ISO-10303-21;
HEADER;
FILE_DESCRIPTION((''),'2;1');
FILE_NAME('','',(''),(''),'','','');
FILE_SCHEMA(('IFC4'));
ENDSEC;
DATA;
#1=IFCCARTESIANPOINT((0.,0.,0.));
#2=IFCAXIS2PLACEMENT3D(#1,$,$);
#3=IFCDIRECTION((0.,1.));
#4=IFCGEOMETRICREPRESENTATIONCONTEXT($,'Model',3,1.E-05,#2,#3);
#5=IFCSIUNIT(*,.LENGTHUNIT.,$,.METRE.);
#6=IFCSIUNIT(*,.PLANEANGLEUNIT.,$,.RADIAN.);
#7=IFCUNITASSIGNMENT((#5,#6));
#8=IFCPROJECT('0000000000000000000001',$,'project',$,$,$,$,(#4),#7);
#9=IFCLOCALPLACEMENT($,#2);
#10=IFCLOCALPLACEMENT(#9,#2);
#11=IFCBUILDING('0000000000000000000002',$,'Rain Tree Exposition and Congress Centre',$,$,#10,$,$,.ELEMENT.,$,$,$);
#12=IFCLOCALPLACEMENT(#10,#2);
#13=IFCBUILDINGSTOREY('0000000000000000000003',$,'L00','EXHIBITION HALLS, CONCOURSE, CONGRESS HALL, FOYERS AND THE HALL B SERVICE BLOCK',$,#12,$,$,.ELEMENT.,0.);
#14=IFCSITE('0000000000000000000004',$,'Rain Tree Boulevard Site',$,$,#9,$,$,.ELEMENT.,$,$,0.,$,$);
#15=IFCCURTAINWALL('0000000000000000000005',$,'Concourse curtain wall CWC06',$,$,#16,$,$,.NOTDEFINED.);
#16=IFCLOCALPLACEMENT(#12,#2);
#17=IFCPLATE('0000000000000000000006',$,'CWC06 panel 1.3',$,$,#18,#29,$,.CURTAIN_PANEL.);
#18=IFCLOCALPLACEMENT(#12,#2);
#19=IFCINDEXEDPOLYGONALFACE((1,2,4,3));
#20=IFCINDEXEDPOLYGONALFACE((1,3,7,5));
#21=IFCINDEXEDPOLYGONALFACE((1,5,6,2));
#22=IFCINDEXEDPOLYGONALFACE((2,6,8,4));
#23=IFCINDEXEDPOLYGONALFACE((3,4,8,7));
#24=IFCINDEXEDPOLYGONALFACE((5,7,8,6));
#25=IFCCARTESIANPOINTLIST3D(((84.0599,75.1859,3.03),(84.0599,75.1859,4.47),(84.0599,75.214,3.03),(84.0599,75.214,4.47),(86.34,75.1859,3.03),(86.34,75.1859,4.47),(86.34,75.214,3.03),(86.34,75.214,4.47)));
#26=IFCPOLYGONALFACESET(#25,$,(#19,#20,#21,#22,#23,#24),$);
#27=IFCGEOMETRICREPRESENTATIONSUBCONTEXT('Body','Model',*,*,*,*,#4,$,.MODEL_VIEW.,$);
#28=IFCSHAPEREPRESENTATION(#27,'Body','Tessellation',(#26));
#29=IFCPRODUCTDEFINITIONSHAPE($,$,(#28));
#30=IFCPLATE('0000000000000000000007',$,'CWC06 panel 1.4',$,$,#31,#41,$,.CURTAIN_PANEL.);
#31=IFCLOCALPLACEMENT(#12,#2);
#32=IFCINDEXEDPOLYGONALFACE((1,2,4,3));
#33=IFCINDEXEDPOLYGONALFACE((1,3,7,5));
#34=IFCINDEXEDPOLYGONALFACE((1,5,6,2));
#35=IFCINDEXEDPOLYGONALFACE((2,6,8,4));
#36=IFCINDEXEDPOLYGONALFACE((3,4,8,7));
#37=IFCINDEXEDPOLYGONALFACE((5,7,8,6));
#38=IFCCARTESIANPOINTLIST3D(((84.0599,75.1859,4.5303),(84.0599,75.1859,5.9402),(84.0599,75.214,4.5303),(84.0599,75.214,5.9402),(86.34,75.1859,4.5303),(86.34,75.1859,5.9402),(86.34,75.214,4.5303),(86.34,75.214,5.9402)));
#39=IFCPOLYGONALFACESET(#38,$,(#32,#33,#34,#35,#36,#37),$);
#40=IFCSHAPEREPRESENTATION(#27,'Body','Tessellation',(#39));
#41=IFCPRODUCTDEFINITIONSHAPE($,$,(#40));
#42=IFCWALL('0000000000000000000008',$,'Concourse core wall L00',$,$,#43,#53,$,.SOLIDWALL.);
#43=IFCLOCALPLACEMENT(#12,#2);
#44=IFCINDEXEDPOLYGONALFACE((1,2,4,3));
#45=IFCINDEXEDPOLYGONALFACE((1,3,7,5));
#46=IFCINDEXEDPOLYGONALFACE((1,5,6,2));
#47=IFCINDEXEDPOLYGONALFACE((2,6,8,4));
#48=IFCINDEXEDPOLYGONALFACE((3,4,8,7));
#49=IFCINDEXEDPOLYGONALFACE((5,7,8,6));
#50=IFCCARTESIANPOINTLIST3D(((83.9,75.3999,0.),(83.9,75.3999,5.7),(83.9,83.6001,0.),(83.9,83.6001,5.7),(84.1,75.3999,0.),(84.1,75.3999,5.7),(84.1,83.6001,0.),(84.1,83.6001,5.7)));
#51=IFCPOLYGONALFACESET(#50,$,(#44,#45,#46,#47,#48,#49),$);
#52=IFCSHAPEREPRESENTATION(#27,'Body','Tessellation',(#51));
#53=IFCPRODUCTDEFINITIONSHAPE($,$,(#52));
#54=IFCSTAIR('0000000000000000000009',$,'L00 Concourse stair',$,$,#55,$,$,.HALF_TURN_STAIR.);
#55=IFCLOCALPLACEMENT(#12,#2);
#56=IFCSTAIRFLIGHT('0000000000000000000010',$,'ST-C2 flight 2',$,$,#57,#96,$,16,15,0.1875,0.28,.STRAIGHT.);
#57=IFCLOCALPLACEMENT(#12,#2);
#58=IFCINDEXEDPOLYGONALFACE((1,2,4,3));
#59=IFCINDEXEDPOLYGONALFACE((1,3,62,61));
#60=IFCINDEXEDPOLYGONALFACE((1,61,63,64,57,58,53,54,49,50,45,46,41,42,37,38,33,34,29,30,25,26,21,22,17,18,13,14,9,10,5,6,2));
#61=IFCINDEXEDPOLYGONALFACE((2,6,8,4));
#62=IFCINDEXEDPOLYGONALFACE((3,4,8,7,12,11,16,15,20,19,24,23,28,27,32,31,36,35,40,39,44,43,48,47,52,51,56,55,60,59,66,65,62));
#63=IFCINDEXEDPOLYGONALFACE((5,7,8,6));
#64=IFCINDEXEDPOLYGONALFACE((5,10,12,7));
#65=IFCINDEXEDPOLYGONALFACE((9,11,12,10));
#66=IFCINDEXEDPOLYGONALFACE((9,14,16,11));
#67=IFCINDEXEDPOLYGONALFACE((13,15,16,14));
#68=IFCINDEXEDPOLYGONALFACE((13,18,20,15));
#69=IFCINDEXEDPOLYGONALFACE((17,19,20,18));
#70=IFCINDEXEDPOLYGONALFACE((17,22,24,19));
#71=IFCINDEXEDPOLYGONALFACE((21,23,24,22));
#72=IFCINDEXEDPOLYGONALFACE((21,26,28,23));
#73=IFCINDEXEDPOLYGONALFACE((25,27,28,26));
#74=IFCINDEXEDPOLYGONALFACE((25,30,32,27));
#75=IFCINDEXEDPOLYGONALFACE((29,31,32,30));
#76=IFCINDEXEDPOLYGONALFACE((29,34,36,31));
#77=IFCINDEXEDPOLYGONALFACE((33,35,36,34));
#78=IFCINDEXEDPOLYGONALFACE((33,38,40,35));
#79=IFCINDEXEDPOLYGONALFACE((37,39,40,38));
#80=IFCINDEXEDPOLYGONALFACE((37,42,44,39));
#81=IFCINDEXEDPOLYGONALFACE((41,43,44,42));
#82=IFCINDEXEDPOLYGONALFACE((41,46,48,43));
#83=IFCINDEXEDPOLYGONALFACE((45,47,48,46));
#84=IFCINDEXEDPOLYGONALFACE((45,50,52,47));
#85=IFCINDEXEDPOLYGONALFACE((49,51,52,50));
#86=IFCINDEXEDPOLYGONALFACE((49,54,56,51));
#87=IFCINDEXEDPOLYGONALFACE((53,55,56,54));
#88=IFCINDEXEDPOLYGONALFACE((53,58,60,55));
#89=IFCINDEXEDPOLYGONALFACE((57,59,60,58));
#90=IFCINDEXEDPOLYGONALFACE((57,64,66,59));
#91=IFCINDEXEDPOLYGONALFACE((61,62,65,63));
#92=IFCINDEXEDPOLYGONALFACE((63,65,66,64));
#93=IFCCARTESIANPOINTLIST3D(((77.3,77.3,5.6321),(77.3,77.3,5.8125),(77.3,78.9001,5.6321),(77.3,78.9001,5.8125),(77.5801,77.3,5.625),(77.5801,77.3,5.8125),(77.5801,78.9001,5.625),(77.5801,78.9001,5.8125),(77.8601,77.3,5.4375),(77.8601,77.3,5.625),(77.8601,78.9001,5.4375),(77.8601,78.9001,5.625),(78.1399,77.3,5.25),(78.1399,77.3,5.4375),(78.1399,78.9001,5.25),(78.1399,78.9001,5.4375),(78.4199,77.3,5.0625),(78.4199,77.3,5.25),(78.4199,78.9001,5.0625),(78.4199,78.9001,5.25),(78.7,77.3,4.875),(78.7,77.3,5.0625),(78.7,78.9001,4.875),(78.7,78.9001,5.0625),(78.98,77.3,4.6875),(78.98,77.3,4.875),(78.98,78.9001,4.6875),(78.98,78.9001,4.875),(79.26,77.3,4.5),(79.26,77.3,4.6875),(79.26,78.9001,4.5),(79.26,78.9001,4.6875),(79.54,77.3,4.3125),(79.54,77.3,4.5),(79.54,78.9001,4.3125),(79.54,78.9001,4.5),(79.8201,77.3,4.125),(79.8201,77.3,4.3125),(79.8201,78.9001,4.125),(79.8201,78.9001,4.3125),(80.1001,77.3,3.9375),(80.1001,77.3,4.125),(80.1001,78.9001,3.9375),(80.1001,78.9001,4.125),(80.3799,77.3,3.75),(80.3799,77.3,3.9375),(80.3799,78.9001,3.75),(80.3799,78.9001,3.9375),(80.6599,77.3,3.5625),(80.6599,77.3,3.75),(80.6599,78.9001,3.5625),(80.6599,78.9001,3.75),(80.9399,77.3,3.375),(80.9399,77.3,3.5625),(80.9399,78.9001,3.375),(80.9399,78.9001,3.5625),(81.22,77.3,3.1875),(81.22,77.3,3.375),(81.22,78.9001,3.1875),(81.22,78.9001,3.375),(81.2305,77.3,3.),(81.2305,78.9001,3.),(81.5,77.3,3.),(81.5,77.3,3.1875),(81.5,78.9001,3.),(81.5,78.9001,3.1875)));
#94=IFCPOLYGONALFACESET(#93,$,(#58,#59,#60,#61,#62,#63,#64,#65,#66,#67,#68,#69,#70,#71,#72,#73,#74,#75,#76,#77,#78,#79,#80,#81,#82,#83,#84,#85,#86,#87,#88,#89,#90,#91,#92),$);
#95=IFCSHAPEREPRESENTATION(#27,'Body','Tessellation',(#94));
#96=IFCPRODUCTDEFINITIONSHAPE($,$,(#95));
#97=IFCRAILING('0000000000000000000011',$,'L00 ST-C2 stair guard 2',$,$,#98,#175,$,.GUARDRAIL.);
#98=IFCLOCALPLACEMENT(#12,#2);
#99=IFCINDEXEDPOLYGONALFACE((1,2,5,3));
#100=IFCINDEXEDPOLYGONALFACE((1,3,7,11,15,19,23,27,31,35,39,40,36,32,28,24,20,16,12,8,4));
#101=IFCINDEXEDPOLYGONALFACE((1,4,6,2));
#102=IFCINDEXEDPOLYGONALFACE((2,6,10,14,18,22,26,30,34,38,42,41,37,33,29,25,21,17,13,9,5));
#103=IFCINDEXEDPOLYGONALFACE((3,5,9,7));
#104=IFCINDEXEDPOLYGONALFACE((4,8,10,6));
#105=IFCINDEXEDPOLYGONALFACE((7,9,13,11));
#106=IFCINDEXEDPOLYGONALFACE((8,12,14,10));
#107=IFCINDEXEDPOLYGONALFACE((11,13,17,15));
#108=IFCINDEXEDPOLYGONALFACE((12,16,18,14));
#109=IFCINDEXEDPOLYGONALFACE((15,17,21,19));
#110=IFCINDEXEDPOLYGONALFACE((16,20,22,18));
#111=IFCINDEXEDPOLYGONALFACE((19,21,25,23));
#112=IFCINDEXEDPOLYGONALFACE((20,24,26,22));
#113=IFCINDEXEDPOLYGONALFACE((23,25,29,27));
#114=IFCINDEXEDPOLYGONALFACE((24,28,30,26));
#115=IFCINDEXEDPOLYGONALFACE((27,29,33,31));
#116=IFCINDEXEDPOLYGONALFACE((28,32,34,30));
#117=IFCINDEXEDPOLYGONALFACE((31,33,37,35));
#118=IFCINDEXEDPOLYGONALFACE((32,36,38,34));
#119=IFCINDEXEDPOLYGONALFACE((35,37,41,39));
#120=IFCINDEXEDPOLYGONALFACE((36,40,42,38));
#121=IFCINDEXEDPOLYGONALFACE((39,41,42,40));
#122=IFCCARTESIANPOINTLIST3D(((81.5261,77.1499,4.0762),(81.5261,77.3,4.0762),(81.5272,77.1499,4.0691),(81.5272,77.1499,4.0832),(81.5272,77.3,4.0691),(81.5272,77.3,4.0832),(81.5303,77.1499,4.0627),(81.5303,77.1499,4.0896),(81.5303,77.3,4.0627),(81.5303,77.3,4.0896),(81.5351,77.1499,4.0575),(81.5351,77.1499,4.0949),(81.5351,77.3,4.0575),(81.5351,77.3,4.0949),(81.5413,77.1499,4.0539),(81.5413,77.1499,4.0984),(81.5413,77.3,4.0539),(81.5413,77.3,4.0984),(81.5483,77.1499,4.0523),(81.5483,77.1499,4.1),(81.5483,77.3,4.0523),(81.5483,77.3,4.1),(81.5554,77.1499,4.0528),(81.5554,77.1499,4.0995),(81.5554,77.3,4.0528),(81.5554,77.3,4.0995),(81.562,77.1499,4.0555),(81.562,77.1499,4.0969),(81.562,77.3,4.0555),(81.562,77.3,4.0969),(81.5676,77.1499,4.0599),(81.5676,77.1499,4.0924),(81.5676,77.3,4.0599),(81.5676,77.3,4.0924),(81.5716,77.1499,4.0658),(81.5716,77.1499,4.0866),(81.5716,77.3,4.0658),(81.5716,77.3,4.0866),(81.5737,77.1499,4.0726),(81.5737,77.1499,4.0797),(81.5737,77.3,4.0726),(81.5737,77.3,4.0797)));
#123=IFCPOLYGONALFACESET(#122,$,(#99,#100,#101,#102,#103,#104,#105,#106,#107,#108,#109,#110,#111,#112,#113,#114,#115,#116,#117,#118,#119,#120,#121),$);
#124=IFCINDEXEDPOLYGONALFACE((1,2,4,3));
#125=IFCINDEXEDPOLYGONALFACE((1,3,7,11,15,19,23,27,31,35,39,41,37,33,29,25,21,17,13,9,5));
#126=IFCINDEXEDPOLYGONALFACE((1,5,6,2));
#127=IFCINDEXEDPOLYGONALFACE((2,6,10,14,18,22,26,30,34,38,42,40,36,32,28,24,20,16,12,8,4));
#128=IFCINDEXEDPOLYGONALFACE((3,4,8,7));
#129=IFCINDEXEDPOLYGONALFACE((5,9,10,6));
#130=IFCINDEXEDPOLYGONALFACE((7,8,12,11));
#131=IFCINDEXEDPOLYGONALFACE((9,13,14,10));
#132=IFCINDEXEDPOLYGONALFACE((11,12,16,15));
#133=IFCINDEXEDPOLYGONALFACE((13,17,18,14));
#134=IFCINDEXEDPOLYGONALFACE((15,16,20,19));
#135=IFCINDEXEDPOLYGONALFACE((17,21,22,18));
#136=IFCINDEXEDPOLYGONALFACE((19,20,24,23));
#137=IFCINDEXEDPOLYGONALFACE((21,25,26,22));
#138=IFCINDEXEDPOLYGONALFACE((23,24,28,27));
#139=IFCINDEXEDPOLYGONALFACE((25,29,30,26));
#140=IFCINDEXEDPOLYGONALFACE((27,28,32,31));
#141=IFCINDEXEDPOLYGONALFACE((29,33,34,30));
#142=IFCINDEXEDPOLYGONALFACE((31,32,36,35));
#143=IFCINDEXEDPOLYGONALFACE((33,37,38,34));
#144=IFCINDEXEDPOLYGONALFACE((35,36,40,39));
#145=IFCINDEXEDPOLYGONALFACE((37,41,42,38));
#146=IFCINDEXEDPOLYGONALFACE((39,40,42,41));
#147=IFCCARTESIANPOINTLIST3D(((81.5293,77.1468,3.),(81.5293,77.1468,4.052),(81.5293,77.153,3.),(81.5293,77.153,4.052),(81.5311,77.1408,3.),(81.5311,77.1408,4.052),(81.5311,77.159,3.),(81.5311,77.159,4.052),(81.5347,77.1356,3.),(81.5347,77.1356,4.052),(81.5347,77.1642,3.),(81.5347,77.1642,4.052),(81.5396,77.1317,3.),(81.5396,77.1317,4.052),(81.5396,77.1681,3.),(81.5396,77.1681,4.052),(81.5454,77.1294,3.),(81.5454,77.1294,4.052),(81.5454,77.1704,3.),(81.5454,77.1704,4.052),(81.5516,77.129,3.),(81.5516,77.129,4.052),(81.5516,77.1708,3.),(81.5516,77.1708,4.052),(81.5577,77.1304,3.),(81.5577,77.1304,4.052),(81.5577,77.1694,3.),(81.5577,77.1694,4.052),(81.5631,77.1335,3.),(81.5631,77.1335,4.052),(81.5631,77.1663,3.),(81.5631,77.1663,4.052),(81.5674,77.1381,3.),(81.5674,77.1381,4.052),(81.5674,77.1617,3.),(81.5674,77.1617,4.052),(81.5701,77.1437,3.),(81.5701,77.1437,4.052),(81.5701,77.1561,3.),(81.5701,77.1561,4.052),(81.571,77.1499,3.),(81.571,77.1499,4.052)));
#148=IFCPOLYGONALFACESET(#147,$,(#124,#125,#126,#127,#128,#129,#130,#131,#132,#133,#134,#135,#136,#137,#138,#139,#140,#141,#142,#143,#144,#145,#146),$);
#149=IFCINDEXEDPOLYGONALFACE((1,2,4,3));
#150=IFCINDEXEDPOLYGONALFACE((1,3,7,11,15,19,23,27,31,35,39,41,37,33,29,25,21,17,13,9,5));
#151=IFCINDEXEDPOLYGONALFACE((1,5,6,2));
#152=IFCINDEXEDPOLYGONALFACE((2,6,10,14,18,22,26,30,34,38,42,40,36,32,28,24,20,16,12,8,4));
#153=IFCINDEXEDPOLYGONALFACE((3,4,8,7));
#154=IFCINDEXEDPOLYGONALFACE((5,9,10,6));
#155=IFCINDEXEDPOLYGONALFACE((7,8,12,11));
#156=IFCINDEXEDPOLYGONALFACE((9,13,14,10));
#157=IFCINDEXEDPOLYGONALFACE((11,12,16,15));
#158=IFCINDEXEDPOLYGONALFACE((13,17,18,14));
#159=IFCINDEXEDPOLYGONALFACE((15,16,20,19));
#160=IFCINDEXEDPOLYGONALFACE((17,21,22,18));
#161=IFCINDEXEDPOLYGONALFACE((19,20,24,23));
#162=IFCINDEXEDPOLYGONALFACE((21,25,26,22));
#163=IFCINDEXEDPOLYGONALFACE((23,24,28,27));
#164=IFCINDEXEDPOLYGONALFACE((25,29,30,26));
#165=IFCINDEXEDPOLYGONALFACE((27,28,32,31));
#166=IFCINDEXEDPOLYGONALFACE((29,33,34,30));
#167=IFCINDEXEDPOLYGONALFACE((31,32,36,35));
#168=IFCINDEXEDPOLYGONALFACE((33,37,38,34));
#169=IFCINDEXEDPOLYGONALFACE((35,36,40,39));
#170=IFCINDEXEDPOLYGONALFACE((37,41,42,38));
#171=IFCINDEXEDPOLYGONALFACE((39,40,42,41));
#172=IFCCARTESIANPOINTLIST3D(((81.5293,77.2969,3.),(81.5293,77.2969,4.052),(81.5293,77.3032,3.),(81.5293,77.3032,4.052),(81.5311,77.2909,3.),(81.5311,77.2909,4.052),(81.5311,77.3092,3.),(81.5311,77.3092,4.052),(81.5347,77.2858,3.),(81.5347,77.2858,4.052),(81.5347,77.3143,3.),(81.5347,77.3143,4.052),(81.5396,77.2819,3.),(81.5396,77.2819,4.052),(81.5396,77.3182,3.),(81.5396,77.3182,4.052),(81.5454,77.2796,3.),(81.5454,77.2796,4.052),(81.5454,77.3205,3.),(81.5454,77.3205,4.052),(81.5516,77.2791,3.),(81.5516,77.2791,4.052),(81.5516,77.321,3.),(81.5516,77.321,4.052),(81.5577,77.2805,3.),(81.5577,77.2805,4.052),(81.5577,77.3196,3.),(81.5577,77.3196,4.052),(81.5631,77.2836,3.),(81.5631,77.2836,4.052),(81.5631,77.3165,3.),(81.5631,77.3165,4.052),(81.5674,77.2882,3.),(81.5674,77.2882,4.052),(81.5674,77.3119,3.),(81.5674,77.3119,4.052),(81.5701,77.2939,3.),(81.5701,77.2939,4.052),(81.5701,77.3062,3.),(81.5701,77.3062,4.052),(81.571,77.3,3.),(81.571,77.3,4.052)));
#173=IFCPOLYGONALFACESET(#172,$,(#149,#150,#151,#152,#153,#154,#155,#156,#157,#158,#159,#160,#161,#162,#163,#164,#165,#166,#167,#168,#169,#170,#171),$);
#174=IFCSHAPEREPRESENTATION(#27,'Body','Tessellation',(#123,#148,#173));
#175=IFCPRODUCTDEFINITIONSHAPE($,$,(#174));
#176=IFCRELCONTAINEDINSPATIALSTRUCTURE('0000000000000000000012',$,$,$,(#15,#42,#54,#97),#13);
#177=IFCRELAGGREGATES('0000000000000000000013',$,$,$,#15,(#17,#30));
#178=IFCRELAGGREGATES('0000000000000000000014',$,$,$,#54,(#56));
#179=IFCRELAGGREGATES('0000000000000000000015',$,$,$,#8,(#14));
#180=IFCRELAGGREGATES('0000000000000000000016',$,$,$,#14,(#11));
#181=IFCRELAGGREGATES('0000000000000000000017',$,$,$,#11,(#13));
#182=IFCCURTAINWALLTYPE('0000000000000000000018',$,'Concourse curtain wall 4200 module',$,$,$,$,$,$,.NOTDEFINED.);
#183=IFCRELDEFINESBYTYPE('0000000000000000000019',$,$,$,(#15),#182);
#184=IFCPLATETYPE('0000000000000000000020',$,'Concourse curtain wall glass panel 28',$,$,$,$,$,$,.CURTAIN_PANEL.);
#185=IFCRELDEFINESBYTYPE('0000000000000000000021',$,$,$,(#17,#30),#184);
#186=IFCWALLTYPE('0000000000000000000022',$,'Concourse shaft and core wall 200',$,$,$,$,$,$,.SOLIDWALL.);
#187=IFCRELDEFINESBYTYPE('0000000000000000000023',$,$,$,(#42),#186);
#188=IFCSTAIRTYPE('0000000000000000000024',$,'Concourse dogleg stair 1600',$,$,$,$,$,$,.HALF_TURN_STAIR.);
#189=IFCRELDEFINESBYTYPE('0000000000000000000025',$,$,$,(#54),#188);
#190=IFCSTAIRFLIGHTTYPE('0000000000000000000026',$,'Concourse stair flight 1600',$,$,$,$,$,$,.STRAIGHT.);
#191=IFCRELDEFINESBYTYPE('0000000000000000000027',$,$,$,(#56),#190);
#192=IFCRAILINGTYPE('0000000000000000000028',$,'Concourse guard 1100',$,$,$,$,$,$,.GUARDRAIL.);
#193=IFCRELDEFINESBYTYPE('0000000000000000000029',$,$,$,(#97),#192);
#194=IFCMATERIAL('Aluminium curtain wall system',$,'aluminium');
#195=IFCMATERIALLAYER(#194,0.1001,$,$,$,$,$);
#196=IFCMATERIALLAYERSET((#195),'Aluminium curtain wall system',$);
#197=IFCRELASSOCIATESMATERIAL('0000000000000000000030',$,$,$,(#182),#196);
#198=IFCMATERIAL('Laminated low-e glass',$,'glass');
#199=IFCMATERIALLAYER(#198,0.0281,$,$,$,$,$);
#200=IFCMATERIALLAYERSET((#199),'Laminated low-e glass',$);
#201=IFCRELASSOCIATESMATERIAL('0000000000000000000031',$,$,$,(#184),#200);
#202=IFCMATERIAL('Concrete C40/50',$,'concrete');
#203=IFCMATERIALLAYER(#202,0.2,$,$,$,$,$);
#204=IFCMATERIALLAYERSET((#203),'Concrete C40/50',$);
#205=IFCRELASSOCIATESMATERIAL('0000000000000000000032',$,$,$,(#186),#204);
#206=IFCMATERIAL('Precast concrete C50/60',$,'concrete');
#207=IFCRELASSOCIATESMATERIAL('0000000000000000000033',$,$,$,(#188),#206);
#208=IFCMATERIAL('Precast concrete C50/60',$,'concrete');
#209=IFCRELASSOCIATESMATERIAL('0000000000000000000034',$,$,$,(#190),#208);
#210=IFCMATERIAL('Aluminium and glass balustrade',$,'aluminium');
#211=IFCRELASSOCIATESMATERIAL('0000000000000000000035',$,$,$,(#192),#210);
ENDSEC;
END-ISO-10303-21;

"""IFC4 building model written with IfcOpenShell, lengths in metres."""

from ifc_helpers import new_model, si_unit, direction, frame, frame_2d, origin, origin_2d, place, context, subcontext, project, spatial, polyline, rectangle, circle, outline, extrude, material, layer, layer_set, type_object, element, aggregate, save


model = new_model("IFC4")

# Units and contexts
model_context = context("Model", 3, precision=1e-05, world=origin(), true_north=direction((0.0, 1.0)))
body_context = subcontext(model_context, "Body", "Model", "MODEL_VIEW")
ifc_project = project(units=[si_unit("LENGTHUNIT", "METRE"), si_unit("PLANEANGLEUNIT", "RADIAN")], contexts=[model_context])

# Site, building, storey
site_placement = place(None, origin())
site = spatial("IfcSite", under=ifc_project, at=site_placement, Name="Rain Tree Boulevard Site", CompositionType="ELEMENT", RefElevation=0.0)
building_placement = place(site_placement, origin())
building = spatial("IfcBuilding", under=site, at=building_placement, Name="Rain Tree Exposition and Congress Centre", CompositionType="ELEMENT")
storey_placement = place(building_placement, origin())
storey = spatial("IfcBuildingStorey", under=building, at=storey_placement, Name="L00", Description="EXHIBITION HALLS, CONCOURSE, CONGRESS HALL, FOYERS AND THE HALL B SERVICE BLOCK", CompositionType="ELEMENT", Elevation=0.0)

# Curtain wall, plates
ifc_material_1 = material(Name="Aluminium curtain wall system", Category="aluminium")
ifc_layer_1 = layer(ifc_material_1, 0.1001)
ifc_layer_set_1 = layer_set([ifc_layer_1], Name="Aluminium curtain wall system")
curtain_wall_type = type_object("IfcCurtainWallType", Name="Concourse curtain wall 4200 module", PredefinedType="NOTDEFINED", material=ifc_layer_set_1)
curtain_wall_placement = place(storey_placement, origin())
curtain_wall = element("IfcCurtainWall", 1, at=curtain_wall_placement, inside=storey, type_object=curtain_wall_type, Name="Concourse curtain wall CWC06", PredefinedType="NOTDEFINED")
ifc_material_2 = material(Name="Laminated low-e glass", Category="glass")
ifc_layer_2 = layer(ifc_material_2, 0.0281)
ifc_layer_set_2 = layer_set([ifc_layer_2], Name="Laminated low-e glass")
plate_type = type_object("IfcPlateType", Name="Concourse curtain wall glass panel 28", PredefinedType="CURTAIN_PANEL", material=ifc_layer_set_2)
plate_1_placement = place(storey_placement, frame((85.2, 75.2, 3.03), z_axis=(0.0, 0.0, 1.0), x_axis=(1.0, 0.0, 0.0)))
plate_1 = element("IfcPlate", 2, at=plate_1_placement, type_object=plate_type, Name="CWC06 panel 1.3", PredefinedType="CURTAIN_PANEL", context=body_context, shape_type="SweptSolid", body=[
    extrude(rectangle(XDim=2.28, YDim=0.0281, at=origin_2d()), origin(), (0.0, 0.0, 1.0), 1.4399),
])
plate_2_placement = place(storey_placement, frame((85.2, 75.2, 4.5303), z_axis=(0.0, 0.0, 1.0), x_axis=(1.0, 0.0, 0.0)))
plate_2 = element("IfcPlate", 3, at=plate_2_placement, type_object=plate_type, Name="CWC06 panel 1.4", PredefinedType="CURTAIN_PANEL", context=body_context, shape_type="SweptSolid", body=[
    extrude(rectangle(XDim=2.28, YDim=0.0281, at=origin_2d()), origin(), (0.0, 0.0, 1.0), 1.4099),
])
aggregate(curtain_wall, [plate_1, plate_2])

# Wall
ifc_material_3 = material(Name="Concrete C40/50", Category="concrete")
ifc_layer_3 = layer(ifc_material_3, 0.2)
ifc_layer_set_3 = layer_set([ifc_layer_3], Name="Concrete C40/50")
wall_type = type_object("IfcWallType", Name="Concourse shaft and core wall 200", PredefinedType="SOLIDWALL", material=ifc_layer_set_3)
wall_1_placement = place(storey_placement, frame((84.0, 75.3999, 0.0), z_axis=(0.0, 0.0, 1.0), x_axis=(0.0, 1.0, 0.0)))
element("IfcWall", 4, at=wall_1_placement, inside=storey, type_object=wall_type, Name="Concourse core wall L00", PredefinedType="SOLIDWALL", context=body_context, shape_type="SweptSolid", body=[
    extrude(rectangle(XDim=8.2002, YDim=0.2, at=frame_2d((4.1001, 0.0))), origin(), (0.0, 0.0, 1.0), 5.7),
])

# Stair, stair flight
ifc_material_4 = material(Name="Precast concrete C50/60", Category="concrete")
stair_type = type_object("IfcStairType", Name="Concourse dogleg stair 1600", PredefinedType="HALF_TURN_STAIR", material=ifc_material_4)
stair_placement = place(storey_placement, origin())
stair = element("IfcStair", 5, at=stair_placement, inside=storey, type_object=stair_type, Name="L00 Concourse stair", PredefinedType="HALF_TURN_STAIR")
ifc_material_5 = material(Name="Precast concrete C50/60", Category="concrete")
stair_flight_type = type_object("IfcStairFlightType", Name="Concourse stair flight 1600", PredefinedType="STRAIGHT", material=ifc_material_5)
stair_flight_placement = place(storey_placement, frame((81.5, 78.1001, 3.0), z_axis=(0.0, 0.0, 1.0), x_axis=(-1.0, 0.0, 0.0)))
stair_flight = element("IfcStairFlight", 6, at=stair_flight_placement, type_object=stair_flight_type, Name="ST-C2 flight 2", NumberOfRisers=16, NumberOfTreads=15, PredefinedType="STRAIGHT", RiserHeight=0.1875, TreadLength=0.28, context=body_context, shape_type="SweptSolid", body=[
    extrude(outline(polyline([(0.0, 0.0), (0.0, 0.1875), (0.28, 0.1875), (0.28, 0.375), (0.5601, 0.375), (0.5601, 0.5625), (0.8401, 0.5625), (0.8401, 0.75), (1.1201, 0.75), (1.1201, 0.9375), (1.3999, 0.9375), (1.3999, 1.125), (1.6799, 1.125), (1.6799, 1.3125), (1.96, 1.3125), (1.96, 1.5), (2.24, 1.5), (2.24, 1.6875), (2.52, 1.6875), (2.52, 1.875), (2.8, 1.875), (2.8, 2.0625), (3.0801, 2.0625), (3.0801, 2.25), (3.3601, 2.25), (3.3601, 2.4375), (3.6399, 2.4375), (3.6399, 2.625), (3.9199, 2.625), (3.9199, 2.8125), (4.2, 2.8125), (4.2, 3.0), (4.2, 2.6321), (0.2695, 0.0), (0.0, 0.0)])), frame((0.0, 0.8, 0.0), z_axis=(0.0, -1.0, 0.0), x_axis=(1.0, 0.0, 0.0)), (0.0, 0.0, 1.0), 1.6001),
])
aggregate(stair, [stair_flight])

# Railing
ifc_material_6 = material(Name="Aluminium and glass balustrade", Category="aluminium")
railing_type_1 = type_object("IfcRailingType", Name="Concourse guard 1100", PredefinedType="GUARDRAIL", material=ifc_material_6)
railing_1_placement = place(storey_placement, frame((81.55, 77.1499, 3.0)))
element("IfcRailing", 7, at=railing_1_placement, inside=storey, type_object=railing_type_1, Name="L00 ST-C2 stair guard 2", PredefinedType="GUARDRAIL", context=body_context, shape_type="SweptSolid", body=[
    extrude(circle(Radius=0.0239, at=origin_2d()), frame((0.0, 0.0, 1.0762), z_axis=(0.0, 1.0, 0.0), x_axis=(-1.0, 0.0, 0.0)), (0.0, 0.0, 1.0), 0.1501),
    extrude(circle(Radius=0.021, at=origin_2d()), origin(), (0.0, 0.0, 1.0), 1.052),
    extrude(circle(Radius=0.021, at=origin_2d()), frame((0.0, 0.1501, 0.0)), (0.0, 0.0, 1.0), 1.052),
])

save(model, "model.ifc")
